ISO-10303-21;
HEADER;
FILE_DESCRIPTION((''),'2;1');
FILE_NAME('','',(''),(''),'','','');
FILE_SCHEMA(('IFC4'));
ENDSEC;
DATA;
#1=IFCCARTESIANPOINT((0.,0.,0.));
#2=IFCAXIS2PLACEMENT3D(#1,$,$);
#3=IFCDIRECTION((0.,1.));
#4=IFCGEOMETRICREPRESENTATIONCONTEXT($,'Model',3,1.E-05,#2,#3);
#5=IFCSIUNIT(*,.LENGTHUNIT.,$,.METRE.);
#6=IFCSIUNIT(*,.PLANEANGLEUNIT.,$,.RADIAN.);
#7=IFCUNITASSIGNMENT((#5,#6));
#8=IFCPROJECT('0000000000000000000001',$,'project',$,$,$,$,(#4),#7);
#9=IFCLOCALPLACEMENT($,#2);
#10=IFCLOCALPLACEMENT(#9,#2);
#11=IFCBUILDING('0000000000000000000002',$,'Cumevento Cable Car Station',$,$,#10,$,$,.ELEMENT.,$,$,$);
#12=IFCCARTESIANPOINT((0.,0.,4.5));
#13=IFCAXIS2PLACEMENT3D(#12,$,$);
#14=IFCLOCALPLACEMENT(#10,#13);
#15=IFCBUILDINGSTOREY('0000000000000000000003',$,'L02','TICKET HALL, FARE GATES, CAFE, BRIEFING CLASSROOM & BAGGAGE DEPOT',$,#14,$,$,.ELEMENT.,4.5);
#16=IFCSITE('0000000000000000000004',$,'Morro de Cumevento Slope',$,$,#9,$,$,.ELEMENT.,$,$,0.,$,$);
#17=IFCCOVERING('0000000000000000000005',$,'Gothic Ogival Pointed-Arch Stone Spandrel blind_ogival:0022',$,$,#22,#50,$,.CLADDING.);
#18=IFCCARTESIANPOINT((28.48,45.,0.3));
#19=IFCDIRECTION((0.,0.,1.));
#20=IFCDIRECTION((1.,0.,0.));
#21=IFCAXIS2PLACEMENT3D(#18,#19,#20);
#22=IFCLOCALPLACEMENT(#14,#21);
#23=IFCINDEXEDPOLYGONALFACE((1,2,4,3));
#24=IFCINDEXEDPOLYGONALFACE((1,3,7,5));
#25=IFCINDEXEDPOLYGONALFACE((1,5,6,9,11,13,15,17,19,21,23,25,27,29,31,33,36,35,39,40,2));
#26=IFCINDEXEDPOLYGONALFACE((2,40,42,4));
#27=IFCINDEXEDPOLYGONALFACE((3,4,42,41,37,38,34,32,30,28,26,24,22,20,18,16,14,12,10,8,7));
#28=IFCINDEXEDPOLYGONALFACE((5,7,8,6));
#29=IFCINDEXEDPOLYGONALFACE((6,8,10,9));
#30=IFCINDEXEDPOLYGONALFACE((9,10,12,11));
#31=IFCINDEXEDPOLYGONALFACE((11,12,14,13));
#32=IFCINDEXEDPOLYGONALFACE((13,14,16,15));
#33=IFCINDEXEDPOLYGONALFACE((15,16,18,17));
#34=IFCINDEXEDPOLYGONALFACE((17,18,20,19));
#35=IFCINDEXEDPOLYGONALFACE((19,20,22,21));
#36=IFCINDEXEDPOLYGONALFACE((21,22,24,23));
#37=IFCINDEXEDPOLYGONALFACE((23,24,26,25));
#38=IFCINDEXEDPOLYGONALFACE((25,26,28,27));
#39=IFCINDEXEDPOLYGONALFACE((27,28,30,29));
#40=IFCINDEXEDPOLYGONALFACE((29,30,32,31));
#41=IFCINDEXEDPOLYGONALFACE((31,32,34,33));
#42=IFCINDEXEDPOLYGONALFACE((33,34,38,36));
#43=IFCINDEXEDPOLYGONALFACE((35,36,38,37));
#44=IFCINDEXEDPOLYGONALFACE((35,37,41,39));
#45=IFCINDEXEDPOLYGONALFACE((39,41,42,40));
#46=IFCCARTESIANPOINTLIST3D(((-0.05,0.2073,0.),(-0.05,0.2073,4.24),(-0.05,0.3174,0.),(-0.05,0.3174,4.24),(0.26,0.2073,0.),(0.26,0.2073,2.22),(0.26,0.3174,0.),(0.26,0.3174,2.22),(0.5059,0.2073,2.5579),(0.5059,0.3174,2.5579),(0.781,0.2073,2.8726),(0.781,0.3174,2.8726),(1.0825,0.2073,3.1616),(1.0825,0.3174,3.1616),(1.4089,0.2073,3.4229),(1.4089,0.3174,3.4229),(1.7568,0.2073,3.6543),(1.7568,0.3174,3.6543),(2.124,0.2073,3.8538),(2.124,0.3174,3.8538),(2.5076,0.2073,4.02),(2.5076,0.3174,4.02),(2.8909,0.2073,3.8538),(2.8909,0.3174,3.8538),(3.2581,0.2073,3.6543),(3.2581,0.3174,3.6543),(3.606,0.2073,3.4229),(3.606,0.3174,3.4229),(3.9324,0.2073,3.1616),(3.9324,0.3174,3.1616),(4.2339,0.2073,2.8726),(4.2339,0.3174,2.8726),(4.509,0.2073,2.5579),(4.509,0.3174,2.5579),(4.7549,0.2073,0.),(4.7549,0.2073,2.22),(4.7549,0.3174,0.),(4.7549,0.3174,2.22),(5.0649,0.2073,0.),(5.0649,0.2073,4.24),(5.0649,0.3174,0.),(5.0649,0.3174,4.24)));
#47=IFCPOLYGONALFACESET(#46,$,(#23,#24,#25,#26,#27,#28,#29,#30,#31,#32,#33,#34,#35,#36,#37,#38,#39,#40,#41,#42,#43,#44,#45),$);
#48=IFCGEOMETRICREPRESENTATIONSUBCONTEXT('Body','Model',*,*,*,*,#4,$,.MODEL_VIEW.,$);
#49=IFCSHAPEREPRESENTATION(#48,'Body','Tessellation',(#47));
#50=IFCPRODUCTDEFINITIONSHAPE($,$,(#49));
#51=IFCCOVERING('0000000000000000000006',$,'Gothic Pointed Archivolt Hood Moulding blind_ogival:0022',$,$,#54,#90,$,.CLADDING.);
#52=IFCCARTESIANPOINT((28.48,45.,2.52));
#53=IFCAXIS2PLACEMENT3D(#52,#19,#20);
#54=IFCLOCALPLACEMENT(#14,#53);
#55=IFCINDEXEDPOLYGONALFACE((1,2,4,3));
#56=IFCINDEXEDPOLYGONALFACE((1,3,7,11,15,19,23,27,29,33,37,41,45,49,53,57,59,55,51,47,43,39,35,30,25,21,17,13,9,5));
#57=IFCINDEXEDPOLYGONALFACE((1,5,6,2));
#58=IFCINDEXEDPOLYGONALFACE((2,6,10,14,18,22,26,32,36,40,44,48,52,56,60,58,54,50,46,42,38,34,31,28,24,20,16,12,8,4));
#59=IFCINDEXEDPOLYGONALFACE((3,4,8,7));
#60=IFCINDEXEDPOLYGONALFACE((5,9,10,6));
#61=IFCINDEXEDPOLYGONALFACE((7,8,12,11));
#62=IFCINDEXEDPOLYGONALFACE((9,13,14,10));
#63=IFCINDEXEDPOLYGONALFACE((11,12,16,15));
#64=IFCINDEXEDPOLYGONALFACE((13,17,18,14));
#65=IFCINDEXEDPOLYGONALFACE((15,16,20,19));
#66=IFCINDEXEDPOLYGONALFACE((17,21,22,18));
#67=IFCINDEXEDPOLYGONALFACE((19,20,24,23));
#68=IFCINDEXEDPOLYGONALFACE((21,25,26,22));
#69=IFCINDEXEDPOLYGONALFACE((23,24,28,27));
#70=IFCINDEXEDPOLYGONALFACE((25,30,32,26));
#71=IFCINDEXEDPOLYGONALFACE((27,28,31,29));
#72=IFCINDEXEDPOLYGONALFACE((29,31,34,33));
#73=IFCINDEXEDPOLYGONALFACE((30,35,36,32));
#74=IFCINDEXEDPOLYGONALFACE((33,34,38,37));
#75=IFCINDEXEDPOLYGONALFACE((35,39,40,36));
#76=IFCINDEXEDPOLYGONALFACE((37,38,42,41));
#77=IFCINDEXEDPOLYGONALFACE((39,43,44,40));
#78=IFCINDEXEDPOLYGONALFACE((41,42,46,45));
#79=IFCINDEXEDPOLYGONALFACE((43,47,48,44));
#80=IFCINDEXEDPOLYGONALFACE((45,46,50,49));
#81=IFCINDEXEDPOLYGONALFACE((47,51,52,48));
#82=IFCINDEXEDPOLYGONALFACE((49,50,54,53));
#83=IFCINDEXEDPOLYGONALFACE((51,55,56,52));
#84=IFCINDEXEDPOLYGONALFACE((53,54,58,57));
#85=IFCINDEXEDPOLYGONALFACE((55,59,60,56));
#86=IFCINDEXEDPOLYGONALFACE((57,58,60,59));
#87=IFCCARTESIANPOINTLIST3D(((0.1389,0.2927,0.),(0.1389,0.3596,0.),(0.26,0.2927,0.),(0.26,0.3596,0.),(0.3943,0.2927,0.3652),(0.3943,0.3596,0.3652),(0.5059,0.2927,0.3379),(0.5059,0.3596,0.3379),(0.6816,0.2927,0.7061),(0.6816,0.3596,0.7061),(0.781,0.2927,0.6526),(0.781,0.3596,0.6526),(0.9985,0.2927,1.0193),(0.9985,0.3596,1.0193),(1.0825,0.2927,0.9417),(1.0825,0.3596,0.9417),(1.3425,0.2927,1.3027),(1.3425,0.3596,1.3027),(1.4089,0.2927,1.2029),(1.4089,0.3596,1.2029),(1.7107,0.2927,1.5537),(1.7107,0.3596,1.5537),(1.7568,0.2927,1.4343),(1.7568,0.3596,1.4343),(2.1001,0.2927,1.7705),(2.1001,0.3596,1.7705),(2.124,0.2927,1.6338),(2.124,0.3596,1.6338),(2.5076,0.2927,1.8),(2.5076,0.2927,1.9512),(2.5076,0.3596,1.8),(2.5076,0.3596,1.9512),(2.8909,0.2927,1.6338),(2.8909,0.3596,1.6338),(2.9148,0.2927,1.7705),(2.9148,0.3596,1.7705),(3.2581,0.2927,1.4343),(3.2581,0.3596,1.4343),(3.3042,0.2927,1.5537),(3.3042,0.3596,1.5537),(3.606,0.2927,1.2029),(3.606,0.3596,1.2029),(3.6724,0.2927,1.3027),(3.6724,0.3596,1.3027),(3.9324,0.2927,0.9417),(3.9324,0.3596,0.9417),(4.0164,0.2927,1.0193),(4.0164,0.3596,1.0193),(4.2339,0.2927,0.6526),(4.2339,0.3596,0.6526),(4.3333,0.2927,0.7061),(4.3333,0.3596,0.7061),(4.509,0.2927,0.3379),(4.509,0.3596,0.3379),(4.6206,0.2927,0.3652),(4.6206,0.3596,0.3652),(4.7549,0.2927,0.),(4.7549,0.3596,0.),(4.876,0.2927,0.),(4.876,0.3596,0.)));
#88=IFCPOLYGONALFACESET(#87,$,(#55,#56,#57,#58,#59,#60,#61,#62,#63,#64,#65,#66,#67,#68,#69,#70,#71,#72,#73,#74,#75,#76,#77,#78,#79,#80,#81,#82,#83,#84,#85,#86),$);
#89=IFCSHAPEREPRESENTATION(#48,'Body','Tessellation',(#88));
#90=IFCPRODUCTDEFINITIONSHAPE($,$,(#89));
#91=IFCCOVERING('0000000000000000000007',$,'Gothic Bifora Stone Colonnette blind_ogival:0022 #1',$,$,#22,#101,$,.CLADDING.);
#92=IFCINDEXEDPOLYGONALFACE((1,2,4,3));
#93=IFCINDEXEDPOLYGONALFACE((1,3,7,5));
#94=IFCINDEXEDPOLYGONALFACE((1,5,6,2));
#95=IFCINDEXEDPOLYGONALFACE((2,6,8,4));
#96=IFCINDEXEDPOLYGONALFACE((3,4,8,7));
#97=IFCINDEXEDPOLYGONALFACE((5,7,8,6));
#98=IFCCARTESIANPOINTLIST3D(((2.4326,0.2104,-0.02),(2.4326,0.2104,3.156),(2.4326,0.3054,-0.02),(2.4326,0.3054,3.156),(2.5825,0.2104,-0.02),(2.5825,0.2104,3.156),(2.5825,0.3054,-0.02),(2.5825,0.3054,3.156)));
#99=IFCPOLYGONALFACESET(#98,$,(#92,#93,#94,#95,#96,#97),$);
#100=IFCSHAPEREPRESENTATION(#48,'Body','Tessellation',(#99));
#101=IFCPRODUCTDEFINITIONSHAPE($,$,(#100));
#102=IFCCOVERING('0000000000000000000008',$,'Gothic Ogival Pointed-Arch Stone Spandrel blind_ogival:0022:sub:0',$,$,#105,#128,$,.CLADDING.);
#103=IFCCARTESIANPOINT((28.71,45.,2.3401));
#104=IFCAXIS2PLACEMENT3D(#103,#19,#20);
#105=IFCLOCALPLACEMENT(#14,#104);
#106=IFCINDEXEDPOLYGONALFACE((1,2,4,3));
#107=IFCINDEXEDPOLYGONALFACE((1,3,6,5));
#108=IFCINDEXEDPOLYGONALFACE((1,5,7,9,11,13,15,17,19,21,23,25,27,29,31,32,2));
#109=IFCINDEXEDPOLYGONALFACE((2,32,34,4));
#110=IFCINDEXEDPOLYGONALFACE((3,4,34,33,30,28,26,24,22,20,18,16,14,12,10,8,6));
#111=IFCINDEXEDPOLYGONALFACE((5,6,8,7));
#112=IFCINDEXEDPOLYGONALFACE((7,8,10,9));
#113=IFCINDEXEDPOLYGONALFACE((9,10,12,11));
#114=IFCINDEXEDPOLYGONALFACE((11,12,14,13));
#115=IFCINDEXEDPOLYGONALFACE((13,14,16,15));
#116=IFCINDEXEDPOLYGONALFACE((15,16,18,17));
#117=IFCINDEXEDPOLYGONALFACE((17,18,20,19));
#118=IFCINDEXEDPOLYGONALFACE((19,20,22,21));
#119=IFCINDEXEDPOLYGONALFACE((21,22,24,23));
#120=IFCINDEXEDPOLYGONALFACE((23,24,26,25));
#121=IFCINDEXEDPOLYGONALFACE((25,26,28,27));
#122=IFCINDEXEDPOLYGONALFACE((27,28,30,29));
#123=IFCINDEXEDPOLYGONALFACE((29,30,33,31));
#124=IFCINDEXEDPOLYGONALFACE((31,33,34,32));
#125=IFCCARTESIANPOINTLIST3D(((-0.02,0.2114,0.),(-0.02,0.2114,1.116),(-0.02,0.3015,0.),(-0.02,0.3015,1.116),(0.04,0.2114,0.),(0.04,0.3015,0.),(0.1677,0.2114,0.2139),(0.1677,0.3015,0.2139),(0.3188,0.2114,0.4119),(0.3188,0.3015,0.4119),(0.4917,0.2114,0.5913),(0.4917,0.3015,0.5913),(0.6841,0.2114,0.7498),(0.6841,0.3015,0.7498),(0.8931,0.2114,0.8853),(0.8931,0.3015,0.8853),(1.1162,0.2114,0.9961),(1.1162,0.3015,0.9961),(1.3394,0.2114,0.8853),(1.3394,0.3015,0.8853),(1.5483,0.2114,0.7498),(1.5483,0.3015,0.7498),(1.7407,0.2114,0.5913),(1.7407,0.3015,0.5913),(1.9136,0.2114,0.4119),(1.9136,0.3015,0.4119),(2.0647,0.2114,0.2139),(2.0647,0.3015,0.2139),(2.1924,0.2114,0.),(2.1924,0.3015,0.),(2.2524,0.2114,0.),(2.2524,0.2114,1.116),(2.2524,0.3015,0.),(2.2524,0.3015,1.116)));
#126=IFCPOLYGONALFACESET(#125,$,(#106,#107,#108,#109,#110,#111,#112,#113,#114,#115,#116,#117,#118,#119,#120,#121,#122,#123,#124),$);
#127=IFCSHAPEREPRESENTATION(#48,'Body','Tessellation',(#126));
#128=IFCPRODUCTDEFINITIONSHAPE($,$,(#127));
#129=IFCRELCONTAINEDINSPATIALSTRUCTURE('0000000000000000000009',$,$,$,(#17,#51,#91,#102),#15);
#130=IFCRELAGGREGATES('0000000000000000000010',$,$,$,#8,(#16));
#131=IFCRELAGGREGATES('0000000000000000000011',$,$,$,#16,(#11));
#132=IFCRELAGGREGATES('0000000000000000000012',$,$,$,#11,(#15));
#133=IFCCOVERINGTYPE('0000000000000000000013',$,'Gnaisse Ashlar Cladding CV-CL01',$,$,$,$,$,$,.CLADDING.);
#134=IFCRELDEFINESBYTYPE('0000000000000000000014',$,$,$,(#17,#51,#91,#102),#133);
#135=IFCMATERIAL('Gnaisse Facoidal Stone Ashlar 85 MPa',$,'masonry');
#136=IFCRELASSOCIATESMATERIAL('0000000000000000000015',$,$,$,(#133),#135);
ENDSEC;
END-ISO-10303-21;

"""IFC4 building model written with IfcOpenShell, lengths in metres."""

from ifc_helpers import new_model, si_unit, direction, frame, origin, place, context, subcontext, project, spatial, polyline, outline, extrude, material, type_object, element, save


model = new_model("IFC4")

# Units and contexts
model_context = context("Model", 3, precision=1e-05, world=origin(), true_north=direction((0.0, 1.0)))
body_context = subcontext(model_context, "Body", "Model", "MODEL_VIEW")
ifc_project = project(units=[si_unit("LENGTHUNIT", "METRE"), si_unit("PLANEANGLEUNIT", "RADIAN")], contexts=[model_context])

# Site, building, storey
site_placement = place(None, origin())
site = spatial("IfcSite", under=ifc_project, at=site_placement, Name="Morro de Cumevento Slope", CompositionType="ELEMENT", RefElevation=0.0)
building_placement = place(site_placement, origin())
building = spatial("IfcBuilding", under=site, at=building_placement, Name="Cumevento Cable Car Station", CompositionType="ELEMENT")
storey_placement = place(building_placement, frame((0.0, 0.0, 4.5)))
storey = spatial("IfcBuildingStorey", under=building, at=storey_placement, Name="L02", Description="TICKET HALL, FARE GATES, CAFE, BRIEFING CLASSROOM & BAGGAGE DEPOT", CompositionType="ELEMENT", Elevation=4.5)

# Coverings
ifc_material_1 = material(Name="Gnaisse Facoidal Stone Ashlar 85 MPa", Category="masonry")
covering_type = type_object("IfcCoveringType", Name="Gnaisse Ashlar Cladding CV-CL01", PredefinedType="CLADDING", material=ifc_material_1)
placement_1 = place(storey_placement, frame((28.48, 45.0, 0.3), z_axis=(0.0, 0.0, 1.0), x_axis=(1.0, 0.0, 0.0)))
element("IfcCovering", 1, at=placement_1, inside=storey, type_object=covering_type, Name="Gothic Ogival Pointed-Arch Stone Spandrel blind_ogival:0022", PredefinedType="CLADDING", context=body_context, shape_type="SweptSolid", body=[
    extrude(outline(polyline([(-0.05, 0.0), (-0.05, 4.24), (5.0649, 4.24), (5.0649, 0.0), (4.7549, 0.0), (4.7549, 2.22), (4.509, 2.5579), (4.2339, 2.8726), (3.9324, 3.1616), (3.606, 3.4229), (3.2581, 3.6543), (2.8909, 3.8538), (2.5076, 4.02), (2.124, 3.8538), (1.7568, 3.6543), (1.4089, 3.4229), (1.0825, 3.1616), (0.781, 2.8726), (0.5059, 2.5579), (0.26, 2.22), (0.26, 0.0), (-0.05, 0.0)])), frame((0.0, 0.3174, 0.0), z_axis=(0.0, -1.0, 0.0), x_axis=(1.0, 0.0, 0.0)), (0.0, 0.0, 1.0), 0.1101),
])
covering_1_placement = place(storey_placement, frame((28.48, 45.0, 2.52), z_axis=(0.0, 0.0, 1.0), x_axis=(1.0, 0.0, 0.0)))
element("IfcCovering", 2, at=covering_1_placement, inside=storey, type_object=covering_type, Name="Gothic Pointed Archivolt Hood Moulding blind_ogival:0022", PredefinedType="CLADDING", context=body_context, shape_type="SweptSolid", body=[
    extrude(outline(polyline([(0.26, 0.0), (0.5059, 0.3379), (0.781, 0.6526), (1.0825, 0.9417), (1.4089, 1.2029), (1.7568, 1.4343), (2.124, 1.6338), (2.5076, 1.8), (2.8909, 1.6338), (3.2581, 1.4343), (3.606, 1.2029), (3.9324, 0.9417), (4.2339, 0.6526), (4.509, 0.3379), (4.7549, 0.0), (4.876, 0.0), (4.6206, 0.3652), (4.3333, 0.7061), (4.0164, 1.0193), (3.6724, 1.3027), (3.3042, 1.5537), (2.9148, 1.7705), (2.5076, 1.9512), (2.1001, 1.7705), (1.7107, 1.5537), (1.3425, 1.3027), (0.9985, 1.0193), (0.6816, 0.7061), (0.3943, 0.3652), (0.1389, 0.0), (0.26, 0.0)])), frame((0.0, 0.3596, 0.0), z_axis=(0.0, -1.0, 0.0), x_axis=(1.0, 0.0, 0.0)), (0.0, 0.0, 1.0), 0.0669),
])
element("IfcCovering", 3, at=placement_1, inside=storey, type_object=covering_type, Name="Gothic Bifora Stone Colonnette blind_ogival:0022 #1", PredefinedType="CLADDING", context=body_context, shape_type="SweptSolid", body=[
    extrude(outline(polyline([(2.4326, -0.02), (2.5825, -0.02), (2.5825, 3.156), (2.4326, 3.156), (2.4326, -0.02)])), frame((0.0, 0.3054, 0.0), z_axis=(0.0, -1.0, 0.0), x_axis=(1.0, 0.0, 0.0)), (0.0, 0.0, 1.0), 0.095),
])
covering_2_placement = place(storey_placement, frame((28.71, 45.0, 2.3401), z_axis=(0.0, 0.0, 1.0), x_axis=(1.0, 0.0, 0.0)))
element("IfcCovering", 4, at=covering_2_placement, inside=storey, type_object=covering_type, Name="Gothic Ogival Pointed-Arch Stone Spandrel blind_ogival:0022:sub:0", PredefinedType="CLADDING", context=body_context, shape_type="SweptSolid", body=[
    extrude(outline(polyline([(-0.02, 0.0), (-0.02, 1.116), (2.2524, 1.116), (2.2524, 0.0), (2.1924, 0.0), (2.0647, 0.2139), (1.9136, 0.4119), (1.7407, 0.5913), (1.5483, 0.7498), (1.3394, 0.8853), (1.1162, 0.9961), (0.8931, 0.8853), (0.6841, 0.7498), (0.4917, 0.5913), (0.3188, 0.4119), (0.1677, 0.2139), (0.04, 0.0), (-0.02, 0.0)])), frame((0.0, 0.3015, 0.0), z_axis=(0.0, -1.0, 0.0), x_axis=(1.0, 0.0, 0.0)), (0.0, 0.0, 1.0), 0.0901),
])

save(model, "model.ifc")
